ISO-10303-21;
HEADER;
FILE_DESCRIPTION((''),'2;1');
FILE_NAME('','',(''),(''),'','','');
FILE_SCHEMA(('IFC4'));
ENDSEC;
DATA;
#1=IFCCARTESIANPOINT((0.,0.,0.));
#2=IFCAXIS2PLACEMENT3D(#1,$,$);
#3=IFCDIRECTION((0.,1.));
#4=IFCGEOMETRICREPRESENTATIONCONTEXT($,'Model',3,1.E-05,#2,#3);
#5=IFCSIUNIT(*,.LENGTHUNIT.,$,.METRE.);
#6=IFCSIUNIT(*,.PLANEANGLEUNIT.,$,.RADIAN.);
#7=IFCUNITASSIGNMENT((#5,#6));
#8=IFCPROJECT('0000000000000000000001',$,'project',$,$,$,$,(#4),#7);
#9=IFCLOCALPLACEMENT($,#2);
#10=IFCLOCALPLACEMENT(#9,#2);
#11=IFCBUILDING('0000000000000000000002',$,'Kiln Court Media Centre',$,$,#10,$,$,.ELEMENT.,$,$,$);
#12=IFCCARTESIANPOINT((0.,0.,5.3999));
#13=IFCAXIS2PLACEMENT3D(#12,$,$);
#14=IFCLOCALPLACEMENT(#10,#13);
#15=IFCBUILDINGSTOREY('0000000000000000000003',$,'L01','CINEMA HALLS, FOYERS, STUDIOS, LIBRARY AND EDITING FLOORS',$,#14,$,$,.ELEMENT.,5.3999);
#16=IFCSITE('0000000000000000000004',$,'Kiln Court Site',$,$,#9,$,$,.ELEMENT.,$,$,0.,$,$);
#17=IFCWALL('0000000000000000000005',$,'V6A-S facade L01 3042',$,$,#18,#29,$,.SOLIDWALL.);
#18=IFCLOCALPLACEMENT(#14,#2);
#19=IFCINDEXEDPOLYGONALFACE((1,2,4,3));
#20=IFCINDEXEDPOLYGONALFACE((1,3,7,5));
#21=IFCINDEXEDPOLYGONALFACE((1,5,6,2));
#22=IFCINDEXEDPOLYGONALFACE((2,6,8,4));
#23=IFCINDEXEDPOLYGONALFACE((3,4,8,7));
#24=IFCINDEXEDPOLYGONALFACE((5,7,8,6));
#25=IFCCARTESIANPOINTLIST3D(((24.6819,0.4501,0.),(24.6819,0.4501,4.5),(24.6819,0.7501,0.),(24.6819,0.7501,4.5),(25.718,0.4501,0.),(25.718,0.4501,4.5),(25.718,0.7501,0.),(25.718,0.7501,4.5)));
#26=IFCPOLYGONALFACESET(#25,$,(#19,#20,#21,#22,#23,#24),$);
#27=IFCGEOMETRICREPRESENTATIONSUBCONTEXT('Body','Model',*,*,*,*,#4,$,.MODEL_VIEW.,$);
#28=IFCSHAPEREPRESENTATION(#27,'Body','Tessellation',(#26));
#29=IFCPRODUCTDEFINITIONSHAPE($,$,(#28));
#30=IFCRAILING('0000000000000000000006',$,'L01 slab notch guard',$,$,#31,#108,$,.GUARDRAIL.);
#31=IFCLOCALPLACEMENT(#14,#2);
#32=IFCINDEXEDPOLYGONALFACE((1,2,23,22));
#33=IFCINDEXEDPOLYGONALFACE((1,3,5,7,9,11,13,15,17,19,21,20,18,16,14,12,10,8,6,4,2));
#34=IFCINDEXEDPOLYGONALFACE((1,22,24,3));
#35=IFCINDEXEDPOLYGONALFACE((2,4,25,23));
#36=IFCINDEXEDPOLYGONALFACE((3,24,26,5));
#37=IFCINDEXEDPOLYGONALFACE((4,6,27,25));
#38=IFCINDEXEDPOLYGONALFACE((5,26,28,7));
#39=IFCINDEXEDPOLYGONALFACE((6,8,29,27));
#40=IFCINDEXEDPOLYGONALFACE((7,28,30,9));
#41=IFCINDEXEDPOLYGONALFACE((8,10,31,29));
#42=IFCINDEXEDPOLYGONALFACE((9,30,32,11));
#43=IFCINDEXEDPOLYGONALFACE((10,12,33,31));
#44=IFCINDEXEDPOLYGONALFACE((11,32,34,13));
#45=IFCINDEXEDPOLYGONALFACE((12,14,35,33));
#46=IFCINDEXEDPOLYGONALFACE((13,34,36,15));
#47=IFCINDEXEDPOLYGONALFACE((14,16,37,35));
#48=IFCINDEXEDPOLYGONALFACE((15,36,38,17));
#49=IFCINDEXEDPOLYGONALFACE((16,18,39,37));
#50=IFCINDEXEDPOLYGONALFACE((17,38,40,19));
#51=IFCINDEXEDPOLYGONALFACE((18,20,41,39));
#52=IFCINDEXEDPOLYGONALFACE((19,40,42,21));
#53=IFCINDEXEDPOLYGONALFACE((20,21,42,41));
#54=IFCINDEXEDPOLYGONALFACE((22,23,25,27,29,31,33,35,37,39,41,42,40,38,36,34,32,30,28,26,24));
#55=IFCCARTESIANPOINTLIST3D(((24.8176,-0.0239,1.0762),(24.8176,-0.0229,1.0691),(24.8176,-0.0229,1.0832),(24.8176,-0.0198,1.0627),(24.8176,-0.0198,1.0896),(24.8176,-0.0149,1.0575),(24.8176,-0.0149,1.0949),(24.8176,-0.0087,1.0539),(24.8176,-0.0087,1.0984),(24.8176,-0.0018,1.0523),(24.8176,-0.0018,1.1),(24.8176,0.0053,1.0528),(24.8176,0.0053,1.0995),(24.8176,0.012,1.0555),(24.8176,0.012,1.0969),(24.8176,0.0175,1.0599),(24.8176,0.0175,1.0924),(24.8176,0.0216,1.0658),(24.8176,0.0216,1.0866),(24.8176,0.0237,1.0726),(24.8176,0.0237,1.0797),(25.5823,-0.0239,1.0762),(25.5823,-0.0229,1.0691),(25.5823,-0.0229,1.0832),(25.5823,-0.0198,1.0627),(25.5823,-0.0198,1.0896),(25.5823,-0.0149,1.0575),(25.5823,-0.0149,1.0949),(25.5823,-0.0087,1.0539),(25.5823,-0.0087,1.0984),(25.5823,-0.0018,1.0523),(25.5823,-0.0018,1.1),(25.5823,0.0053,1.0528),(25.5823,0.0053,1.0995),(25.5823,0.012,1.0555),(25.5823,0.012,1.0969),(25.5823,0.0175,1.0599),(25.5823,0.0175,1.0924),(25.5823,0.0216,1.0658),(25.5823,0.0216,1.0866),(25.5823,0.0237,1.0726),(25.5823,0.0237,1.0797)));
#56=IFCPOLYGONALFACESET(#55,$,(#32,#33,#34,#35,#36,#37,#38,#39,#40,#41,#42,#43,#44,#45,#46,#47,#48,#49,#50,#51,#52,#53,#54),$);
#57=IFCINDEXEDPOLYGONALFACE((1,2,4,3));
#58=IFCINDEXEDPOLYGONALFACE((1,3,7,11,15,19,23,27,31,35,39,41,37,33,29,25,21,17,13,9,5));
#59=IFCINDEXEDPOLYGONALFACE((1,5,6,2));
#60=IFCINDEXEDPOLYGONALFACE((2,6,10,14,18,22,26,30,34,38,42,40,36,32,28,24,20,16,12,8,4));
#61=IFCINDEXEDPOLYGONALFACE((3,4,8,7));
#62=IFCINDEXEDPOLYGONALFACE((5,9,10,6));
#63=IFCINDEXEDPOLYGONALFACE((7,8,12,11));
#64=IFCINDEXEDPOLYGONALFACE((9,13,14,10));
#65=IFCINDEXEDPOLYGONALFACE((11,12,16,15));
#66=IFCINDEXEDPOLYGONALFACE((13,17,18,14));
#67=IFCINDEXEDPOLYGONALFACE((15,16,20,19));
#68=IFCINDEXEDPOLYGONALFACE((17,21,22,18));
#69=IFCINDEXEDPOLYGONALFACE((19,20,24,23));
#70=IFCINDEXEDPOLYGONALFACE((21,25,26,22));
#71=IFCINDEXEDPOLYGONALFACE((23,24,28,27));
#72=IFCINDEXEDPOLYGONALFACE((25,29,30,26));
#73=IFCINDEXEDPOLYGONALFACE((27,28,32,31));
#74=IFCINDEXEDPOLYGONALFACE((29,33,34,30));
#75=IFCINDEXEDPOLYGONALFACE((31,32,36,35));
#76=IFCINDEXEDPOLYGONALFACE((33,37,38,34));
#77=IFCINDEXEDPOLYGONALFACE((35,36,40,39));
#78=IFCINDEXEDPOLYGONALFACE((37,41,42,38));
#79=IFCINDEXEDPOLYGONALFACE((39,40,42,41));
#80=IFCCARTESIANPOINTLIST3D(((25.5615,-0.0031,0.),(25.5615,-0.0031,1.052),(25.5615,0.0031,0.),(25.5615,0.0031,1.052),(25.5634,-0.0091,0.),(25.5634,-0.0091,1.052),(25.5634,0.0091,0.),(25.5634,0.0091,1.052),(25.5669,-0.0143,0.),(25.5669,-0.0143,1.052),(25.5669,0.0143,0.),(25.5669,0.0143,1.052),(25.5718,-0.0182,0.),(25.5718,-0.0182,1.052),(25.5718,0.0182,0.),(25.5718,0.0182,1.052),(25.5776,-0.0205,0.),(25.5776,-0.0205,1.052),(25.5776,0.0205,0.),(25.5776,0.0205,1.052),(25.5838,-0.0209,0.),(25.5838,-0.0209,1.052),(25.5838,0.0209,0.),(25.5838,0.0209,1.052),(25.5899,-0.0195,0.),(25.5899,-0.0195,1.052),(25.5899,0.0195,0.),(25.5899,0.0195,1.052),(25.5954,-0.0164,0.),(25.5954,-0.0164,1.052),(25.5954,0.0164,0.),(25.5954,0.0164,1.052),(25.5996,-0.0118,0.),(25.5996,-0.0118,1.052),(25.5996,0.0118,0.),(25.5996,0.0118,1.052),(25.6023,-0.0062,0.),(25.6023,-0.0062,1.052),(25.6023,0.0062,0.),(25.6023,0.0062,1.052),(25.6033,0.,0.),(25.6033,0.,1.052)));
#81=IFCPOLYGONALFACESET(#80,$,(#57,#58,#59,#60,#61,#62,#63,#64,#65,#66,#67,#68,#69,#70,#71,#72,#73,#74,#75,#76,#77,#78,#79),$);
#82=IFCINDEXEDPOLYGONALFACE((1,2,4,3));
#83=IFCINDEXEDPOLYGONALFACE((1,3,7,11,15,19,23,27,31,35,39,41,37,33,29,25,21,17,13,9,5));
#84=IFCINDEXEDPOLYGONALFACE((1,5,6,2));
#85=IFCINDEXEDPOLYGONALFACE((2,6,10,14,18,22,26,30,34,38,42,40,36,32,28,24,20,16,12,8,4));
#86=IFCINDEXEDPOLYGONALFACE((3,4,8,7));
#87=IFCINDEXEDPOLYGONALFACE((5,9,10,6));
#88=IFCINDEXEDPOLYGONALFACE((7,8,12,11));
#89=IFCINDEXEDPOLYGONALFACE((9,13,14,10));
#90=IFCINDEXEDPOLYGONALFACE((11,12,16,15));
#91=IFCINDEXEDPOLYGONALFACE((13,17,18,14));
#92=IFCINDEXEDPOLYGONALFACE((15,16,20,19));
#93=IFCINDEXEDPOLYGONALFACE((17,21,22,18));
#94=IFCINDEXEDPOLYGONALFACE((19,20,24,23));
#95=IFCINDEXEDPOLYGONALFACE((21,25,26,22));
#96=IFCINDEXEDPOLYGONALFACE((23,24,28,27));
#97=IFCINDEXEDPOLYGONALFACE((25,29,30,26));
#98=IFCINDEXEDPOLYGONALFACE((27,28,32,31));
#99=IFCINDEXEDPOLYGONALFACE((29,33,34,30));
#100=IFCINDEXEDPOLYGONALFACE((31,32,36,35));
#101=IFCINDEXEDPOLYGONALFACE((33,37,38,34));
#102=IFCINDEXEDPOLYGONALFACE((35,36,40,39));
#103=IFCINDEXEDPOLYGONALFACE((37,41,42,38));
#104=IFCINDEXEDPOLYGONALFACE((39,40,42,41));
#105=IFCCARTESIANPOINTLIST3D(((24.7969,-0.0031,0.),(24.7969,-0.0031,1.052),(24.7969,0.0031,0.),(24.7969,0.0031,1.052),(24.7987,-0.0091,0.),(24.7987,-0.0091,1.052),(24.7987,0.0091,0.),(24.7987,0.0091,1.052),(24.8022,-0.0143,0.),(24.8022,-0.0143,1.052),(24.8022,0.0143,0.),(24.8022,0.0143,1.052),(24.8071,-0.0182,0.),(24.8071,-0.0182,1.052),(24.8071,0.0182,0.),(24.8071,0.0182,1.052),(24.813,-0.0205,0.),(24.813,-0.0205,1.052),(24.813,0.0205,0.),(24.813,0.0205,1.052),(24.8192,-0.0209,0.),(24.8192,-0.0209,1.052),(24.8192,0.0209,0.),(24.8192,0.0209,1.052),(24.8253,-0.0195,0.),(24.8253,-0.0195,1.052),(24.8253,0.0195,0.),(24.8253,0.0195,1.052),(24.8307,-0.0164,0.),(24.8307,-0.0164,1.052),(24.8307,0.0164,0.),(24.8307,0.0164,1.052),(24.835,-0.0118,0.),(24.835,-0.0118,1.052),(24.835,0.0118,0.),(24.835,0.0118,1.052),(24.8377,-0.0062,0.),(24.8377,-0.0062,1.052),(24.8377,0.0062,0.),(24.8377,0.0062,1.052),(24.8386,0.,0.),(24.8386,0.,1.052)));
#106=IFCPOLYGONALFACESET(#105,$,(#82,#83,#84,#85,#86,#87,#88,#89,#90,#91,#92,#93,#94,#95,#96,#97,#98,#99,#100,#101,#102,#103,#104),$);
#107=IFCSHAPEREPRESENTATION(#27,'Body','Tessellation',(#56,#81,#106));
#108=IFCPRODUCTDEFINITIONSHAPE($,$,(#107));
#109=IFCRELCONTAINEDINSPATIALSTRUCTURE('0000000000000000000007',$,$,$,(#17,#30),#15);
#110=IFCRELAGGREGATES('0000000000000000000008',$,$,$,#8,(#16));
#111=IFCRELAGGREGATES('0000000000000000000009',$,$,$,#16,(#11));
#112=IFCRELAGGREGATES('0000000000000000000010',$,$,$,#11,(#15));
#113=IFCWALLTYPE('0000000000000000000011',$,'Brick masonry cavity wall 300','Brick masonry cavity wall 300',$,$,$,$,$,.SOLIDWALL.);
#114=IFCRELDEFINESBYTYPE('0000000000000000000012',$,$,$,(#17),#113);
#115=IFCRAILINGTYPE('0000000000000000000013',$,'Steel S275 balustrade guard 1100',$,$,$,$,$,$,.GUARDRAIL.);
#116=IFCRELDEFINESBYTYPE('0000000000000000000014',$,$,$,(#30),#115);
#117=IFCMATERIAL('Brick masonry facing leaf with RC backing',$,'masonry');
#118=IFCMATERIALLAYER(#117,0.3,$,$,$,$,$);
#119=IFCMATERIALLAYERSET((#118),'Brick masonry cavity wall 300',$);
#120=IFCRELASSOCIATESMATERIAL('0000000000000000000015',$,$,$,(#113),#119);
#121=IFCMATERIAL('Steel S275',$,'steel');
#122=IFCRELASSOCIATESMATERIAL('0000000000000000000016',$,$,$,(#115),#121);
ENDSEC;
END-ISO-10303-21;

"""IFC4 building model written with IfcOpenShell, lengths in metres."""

from ifc_helpers import new_model, si_unit, direction, frame, frame_2d, origin, origin_2d, place, context, subcontext, project, spatial, rectangle, circle, extrude, material, layer, layer_set, type_object, element, save


model = new_model("IFC4")

# Units and contexts
model_context = context("Model", 3, precision=1e-05, world=origin(), true_north=direction((0.0, 1.0)))
body_context = subcontext(model_context, "Body", "Model", "MODEL_VIEW")
ifc_project = project(units=[si_unit("LENGTHUNIT", "METRE"), si_unit("PLANEANGLEUNIT", "RADIAN")], contexts=[model_context])

# Site, building, storey
site_placement = place(None, origin())
site = spatial("IfcSite", under=ifc_project, at=site_placement, Name="Kiln Court Site", CompositionType="ELEMENT", RefElevation=0.0)
building_placement = place(site_placement, origin())
building = spatial("IfcBuilding", under=site, at=building_placement, Name="Kiln Court Media Centre", CompositionType="ELEMENT")
storey_placement = place(building_placement, frame((0.0, 0.0, 5.3999)))
storey = spatial("IfcBuildingStorey", under=building, at=storey_placement, Name="L01", Description="CINEMA HALLS, FOYERS, STUDIOS, LIBRARY AND EDITING FLOORS", CompositionType="ELEMENT", Elevation=5.3999)

# Wall
ifc_material_1 = material(Name="Brick masonry facing leaf with RC backing", Category="masonry")
ifc_layer_1 = layer(ifc_material_1, 0.3)
ifc_layer_set_1 = layer_set([ifc_layer_1], Name="Brick masonry cavity wall 300")
wall_type_1 = type_object("IfcWallType", Name="Brick masonry cavity wall 300", Description="Brick masonry cavity wall 300", PredefinedType="SOLIDWALL", material=ifc_layer_set_1)
wall_placement = place(storey_placement, frame((25.718, 0.6001, 0.0), z_axis=(0.0, 0.0, 1.0), x_axis=(-1.0, 0.0, 0.0)))
element("IfcWall", 1, at=wall_placement, inside=storey, type_object=wall_type_1, Name="V6A-S facade L01 3042", PredefinedType="SOLIDWALL", context=body_context, shape_type="SweptSolid", body=[
    extrude(rectangle(XDim=1.0361, YDim=0.3, at=frame_2d((0.5181, 0.0))), origin(), (0.0, 0.0, 1.0), 4.5),
])

# Railing
ifc_material_2 = material(Name="Steel S275", Category="steel")
railing_type = type_object("IfcRailingType", Name="Steel S275 balustrade guard 1100", PredefinedType="GUARDRAIL", material=ifc_material_2)
railing_placement = place(storey_placement, frame((25.5823, 0.0, 0.0)))
element("IfcRailing", 2, at=railing_placement, inside=storey, type_object=railing_type, Name="L01 slab notch guard", PredefinedType="GUARDRAIL", context=body_context, shape_type="SweptSolid", body=[
    extrude(circle(Radius=0.0239, at=origin_2d()), frame((0.0, 0.0, 1.0762), z_axis=(-1.0, 0.0, 0.0), x_axis=(0.0, -1.0, 0.0)), (0.0, 0.0, 1.0), 0.7646),
    extrude(circle(Radius=0.021, at=origin_2d()), origin(), (0.0, 0.0, 1.0), 1.052),
    extrude(circle(Radius=0.021, at=origin_2d()), frame((-0.7646, 0.0, 0.0)), (0.0, 0.0, 1.0), 1.052),
])

save(model, "model.ifc")
